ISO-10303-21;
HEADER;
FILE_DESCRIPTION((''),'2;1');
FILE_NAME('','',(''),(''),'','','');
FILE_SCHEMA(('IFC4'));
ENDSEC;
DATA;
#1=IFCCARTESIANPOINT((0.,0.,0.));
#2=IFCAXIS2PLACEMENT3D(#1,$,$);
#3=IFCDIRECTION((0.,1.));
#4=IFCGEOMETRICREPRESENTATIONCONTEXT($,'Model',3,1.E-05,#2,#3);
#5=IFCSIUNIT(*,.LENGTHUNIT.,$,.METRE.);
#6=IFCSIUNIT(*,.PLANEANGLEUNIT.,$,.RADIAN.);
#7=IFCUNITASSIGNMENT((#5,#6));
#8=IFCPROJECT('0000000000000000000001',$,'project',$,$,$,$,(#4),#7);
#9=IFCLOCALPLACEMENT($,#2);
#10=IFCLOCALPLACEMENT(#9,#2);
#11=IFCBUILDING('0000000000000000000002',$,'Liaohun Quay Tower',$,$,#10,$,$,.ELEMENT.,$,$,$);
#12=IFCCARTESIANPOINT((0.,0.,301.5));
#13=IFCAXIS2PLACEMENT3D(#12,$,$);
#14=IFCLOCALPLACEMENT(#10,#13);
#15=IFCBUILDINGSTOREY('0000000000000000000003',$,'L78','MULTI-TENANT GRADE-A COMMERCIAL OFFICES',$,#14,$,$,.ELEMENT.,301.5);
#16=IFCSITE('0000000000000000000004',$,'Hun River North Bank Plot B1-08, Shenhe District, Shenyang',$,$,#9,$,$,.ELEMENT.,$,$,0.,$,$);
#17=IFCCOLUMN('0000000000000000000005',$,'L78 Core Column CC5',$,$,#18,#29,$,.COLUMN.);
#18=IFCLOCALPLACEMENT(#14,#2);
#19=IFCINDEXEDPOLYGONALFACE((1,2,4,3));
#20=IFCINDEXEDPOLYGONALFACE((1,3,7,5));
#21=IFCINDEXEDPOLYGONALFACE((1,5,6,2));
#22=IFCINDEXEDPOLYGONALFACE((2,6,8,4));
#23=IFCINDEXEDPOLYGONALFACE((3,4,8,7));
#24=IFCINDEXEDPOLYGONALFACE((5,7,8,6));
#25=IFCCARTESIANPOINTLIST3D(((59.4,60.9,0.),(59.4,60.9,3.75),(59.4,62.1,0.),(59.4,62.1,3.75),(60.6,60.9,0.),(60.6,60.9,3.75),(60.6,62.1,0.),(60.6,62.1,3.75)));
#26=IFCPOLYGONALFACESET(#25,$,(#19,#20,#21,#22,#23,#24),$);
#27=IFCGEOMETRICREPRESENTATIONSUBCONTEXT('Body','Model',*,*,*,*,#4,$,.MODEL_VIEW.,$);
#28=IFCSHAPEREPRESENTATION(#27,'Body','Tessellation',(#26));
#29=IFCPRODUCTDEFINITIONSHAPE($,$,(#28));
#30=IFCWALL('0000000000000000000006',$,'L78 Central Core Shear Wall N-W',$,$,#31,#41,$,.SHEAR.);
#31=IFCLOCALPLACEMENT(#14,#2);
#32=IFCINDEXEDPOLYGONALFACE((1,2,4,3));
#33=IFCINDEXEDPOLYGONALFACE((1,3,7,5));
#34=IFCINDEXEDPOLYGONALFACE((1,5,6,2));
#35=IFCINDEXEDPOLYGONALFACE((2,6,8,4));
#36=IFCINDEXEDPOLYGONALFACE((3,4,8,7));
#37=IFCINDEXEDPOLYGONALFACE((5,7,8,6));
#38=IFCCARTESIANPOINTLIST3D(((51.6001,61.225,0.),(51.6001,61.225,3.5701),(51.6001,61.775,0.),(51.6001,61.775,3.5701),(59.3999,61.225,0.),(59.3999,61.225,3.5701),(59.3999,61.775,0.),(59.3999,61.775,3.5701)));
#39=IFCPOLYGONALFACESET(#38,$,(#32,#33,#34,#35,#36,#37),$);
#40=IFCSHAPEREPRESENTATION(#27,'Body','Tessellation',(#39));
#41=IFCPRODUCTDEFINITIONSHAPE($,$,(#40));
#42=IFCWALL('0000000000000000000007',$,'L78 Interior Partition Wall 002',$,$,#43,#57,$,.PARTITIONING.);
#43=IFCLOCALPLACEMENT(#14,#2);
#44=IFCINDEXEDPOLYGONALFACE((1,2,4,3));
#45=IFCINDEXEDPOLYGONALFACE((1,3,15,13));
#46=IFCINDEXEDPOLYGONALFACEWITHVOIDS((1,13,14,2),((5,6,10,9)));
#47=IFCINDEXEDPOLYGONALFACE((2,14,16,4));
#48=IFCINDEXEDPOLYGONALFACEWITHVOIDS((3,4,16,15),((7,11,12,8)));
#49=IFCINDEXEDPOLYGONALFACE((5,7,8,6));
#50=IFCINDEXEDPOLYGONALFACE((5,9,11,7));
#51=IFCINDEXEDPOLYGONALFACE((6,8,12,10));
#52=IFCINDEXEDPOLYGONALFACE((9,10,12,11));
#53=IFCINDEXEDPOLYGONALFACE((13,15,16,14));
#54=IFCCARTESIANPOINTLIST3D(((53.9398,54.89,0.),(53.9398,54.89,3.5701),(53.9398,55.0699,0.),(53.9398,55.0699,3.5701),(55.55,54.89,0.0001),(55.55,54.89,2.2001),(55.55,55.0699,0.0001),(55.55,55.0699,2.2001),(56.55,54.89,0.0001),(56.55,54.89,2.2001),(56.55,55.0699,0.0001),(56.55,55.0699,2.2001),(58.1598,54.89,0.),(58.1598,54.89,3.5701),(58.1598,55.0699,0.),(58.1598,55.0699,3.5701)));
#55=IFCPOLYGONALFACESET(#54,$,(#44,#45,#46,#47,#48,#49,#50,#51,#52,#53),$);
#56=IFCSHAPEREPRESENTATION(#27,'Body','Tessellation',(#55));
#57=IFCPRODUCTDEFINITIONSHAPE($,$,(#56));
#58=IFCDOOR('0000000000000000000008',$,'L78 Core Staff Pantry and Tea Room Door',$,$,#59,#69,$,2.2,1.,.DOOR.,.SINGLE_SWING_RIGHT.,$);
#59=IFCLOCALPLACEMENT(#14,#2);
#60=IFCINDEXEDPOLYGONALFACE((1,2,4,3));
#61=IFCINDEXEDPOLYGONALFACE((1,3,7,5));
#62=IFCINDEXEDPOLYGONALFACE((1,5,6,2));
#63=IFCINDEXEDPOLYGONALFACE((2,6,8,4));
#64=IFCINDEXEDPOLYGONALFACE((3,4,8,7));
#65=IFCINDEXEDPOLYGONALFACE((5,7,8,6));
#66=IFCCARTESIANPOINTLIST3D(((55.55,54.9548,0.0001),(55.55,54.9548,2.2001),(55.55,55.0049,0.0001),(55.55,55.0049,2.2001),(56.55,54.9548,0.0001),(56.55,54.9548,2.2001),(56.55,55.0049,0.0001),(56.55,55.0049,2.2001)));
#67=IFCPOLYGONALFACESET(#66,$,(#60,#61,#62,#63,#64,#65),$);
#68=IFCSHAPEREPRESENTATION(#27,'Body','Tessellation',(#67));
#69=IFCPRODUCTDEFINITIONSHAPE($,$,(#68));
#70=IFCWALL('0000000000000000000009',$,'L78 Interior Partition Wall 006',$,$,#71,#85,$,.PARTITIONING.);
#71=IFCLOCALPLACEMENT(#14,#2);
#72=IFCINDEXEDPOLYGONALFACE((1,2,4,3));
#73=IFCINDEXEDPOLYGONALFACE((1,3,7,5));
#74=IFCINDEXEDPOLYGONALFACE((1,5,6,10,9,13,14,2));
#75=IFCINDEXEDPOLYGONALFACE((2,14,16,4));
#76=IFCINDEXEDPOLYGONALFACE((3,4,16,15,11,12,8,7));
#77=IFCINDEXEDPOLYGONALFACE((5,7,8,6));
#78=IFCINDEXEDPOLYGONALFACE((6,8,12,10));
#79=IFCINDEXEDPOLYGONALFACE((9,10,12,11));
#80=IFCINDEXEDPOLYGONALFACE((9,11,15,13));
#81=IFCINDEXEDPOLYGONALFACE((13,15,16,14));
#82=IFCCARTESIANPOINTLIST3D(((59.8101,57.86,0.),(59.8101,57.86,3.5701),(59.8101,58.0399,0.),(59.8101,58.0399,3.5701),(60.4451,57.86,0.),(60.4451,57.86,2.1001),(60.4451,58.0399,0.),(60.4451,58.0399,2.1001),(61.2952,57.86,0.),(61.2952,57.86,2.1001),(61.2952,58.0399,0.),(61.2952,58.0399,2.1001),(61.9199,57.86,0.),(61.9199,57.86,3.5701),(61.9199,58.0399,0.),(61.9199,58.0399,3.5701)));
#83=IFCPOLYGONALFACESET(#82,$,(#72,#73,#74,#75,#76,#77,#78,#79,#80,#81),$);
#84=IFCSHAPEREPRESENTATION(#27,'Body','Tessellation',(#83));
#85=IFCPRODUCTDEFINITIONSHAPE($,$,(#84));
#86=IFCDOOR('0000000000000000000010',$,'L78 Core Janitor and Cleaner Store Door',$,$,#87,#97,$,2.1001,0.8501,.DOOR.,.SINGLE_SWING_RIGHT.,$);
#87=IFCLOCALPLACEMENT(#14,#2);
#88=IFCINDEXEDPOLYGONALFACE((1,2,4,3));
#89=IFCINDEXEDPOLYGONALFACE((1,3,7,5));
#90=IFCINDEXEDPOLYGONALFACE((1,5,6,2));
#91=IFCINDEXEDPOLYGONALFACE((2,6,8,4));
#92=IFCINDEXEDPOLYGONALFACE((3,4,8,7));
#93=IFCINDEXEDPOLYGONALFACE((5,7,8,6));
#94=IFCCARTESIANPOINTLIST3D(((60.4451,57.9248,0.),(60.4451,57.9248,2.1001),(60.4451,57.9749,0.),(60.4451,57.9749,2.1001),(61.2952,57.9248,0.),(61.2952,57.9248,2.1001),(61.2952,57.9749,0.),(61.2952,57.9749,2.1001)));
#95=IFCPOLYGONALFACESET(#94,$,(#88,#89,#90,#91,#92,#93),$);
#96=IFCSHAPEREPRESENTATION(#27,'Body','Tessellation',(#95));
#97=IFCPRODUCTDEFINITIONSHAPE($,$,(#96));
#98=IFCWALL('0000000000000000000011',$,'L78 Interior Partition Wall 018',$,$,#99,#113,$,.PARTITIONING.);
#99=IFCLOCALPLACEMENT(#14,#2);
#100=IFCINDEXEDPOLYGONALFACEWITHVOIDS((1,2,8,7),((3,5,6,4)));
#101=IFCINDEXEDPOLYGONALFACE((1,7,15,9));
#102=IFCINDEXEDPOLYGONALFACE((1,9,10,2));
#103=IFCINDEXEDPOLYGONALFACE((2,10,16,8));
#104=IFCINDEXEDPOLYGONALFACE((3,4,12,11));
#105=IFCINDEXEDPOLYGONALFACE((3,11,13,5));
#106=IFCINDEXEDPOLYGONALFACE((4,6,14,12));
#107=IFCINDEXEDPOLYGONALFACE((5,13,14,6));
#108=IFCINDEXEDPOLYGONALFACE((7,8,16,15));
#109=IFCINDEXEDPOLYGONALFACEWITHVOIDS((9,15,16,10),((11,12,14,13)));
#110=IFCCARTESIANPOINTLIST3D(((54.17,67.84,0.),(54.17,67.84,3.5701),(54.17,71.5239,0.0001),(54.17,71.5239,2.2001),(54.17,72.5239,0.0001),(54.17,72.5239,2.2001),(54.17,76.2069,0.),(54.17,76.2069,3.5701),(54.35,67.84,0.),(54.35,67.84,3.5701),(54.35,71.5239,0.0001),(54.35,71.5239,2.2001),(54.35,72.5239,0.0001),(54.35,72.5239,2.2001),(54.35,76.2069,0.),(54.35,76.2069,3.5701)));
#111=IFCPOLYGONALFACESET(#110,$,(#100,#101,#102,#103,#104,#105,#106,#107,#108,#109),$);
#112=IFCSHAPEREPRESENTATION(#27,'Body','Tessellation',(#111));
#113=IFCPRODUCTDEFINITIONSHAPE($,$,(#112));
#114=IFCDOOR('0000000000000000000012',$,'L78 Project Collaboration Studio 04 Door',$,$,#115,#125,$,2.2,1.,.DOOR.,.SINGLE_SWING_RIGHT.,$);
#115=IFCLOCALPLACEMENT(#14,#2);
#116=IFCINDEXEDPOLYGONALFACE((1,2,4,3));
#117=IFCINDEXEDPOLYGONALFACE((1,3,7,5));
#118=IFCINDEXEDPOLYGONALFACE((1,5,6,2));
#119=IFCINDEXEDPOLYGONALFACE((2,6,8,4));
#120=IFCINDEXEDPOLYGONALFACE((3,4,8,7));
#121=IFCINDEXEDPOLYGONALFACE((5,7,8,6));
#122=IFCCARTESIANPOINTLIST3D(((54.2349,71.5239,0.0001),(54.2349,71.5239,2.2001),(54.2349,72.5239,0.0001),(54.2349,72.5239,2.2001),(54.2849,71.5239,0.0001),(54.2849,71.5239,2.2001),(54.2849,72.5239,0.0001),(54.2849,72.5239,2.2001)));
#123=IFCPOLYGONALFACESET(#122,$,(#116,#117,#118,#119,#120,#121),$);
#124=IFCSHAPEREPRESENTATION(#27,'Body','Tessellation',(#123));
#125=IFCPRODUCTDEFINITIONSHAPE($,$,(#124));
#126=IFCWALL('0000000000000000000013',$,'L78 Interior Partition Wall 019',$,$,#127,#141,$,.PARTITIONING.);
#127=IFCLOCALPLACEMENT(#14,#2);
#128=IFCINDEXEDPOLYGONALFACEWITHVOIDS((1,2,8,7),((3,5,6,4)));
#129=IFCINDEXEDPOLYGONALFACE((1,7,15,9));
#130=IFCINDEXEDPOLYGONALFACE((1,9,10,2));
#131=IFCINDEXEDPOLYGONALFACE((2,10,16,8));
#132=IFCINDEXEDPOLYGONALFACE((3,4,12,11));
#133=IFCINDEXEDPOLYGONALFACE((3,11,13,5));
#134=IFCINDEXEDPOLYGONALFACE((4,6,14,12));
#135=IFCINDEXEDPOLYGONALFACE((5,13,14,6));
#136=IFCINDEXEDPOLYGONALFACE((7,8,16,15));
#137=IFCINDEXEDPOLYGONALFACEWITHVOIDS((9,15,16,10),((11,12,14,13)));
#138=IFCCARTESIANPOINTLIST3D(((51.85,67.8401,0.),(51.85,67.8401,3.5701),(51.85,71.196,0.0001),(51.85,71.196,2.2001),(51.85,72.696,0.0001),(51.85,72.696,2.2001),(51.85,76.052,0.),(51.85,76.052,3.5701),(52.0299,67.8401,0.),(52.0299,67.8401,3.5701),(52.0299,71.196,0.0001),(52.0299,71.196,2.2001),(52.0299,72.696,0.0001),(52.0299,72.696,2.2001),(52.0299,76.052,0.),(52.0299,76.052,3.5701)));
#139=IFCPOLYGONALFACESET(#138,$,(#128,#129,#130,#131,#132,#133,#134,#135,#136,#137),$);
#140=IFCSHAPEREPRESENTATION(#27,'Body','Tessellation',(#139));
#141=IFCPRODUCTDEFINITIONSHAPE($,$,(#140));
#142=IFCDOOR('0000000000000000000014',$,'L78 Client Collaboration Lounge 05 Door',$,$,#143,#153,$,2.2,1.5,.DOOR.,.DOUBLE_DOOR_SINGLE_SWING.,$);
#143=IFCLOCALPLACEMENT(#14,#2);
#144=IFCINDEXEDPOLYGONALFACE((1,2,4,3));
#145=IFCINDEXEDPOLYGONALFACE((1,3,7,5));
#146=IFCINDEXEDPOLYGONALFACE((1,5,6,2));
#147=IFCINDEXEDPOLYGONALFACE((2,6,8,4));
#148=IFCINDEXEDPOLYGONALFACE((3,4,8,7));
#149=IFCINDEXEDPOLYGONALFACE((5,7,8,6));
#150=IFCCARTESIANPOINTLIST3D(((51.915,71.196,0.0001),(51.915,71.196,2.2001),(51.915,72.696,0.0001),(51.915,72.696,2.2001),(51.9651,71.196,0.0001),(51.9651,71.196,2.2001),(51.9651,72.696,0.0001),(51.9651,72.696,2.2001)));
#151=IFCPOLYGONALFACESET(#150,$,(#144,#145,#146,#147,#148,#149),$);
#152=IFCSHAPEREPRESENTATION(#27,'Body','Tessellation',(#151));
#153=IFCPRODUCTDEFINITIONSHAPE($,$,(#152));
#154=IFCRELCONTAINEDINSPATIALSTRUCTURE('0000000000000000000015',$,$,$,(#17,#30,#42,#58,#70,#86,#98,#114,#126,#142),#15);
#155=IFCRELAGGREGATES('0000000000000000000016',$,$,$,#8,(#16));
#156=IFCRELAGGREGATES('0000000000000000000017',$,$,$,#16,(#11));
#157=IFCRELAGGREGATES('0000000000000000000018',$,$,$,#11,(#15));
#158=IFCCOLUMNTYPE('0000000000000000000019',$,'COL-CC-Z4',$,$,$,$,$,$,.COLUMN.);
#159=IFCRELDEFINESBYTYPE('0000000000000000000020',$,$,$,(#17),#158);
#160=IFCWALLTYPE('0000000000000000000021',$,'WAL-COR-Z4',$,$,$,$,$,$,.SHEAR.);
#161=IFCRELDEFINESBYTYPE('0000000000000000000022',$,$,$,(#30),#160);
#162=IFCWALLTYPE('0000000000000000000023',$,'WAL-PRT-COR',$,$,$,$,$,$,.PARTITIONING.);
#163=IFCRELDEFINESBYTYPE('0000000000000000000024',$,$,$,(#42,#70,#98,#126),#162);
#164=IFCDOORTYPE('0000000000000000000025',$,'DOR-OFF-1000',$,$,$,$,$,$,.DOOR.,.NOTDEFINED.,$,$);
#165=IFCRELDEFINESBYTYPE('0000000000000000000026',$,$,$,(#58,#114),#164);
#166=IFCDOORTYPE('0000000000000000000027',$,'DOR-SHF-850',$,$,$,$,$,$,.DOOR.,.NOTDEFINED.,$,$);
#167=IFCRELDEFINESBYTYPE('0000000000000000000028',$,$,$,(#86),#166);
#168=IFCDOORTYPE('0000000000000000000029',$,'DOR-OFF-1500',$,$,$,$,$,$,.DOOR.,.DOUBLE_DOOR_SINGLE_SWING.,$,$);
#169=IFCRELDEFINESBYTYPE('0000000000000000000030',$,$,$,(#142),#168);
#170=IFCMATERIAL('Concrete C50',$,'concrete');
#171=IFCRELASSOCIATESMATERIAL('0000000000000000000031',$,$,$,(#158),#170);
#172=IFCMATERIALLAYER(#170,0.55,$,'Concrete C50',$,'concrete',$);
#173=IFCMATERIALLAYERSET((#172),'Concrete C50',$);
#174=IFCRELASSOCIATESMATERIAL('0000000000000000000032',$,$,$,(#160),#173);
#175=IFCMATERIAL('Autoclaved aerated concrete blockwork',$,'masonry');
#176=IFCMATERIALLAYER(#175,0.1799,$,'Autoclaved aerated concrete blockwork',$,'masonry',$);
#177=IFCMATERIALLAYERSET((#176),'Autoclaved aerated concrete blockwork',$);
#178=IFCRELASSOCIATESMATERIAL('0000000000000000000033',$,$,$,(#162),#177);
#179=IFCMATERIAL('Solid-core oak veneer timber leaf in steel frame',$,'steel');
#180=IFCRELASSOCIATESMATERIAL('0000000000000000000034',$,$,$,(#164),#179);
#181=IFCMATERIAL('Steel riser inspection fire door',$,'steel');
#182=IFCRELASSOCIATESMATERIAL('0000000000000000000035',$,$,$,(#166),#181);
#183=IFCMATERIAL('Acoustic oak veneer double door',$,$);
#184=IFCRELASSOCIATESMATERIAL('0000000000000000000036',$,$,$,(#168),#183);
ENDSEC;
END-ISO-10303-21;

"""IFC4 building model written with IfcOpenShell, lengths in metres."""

from ifc_helpers import new_model, si_unit, direction, frame, frame_2d, origin, origin_2d, place, context, subcontext, project, spatial, rectangle, extrude, source, transform, mapped, material, layer, layer_set, material_profile, profile_set, type_object, element, fill, save


model = new_model("IFC4")

# Units and contexts
model_context = context("Model", 3, precision=1e-05, world=origin(), true_north=direction((0.0, 1.0)))
body_context = subcontext(model_context, "Body", "Model", "MODEL_VIEW")
ifc_project = project(units=[si_unit("LENGTHUNIT", "METRE"), si_unit("PLANEANGLEUNIT", "RADIAN")], contexts=[model_context])

# Site, building, storey
site_placement = place(None, origin())
site = spatial("IfcSite", under=ifc_project, at=site_placement, Name="Hun River North Bank Plot B1-08, Shenhe District, Shenyang", CompositionType="ELEMENT", RefElevation=0.0)
building_placement = place(site_placement, origin())
building = spatial("IfcBuilding", under=site, at=building_placement, Name="Liaohun Quay Tower", CompositionType="ELEMENT")
storey_placement = place(building_placement, frame((0.0, 0.0, 301.5)))
storey = spatial("IfcBuildingStorey", under=building, at=storey_placement, Name="L78", Description="MULTI-TENANT GRADE-A COMMERCIAL OFFICES", CompositionType="ELEMENT", Elevation=301.5)

# Column
ifc_material_1 = material(Name="Concrete C50", Category="concrete")
ifc_material_profile = material_profile(ifc_material_1, rectangle(XDim=1.2, YDim=1.2, at=origin_2d()), Name="RC1200x1200")
ifc_profile_set = profile_set([ifc_material_profile], Name="Concrete C50")
column_type = type_object("IfcColumnType", Name="COL-CC-Z4", PredefinedType="COLUMN", material=ifc_profile_set)
shared_shape_1 = source(origin(), body_context, "Body", "SweptSolid", [
    extrude(rectangle(XDim=1.2, YDim=1.2, at=origin_2d()), origin(), (0.0, 0.0, 1.0), 3.75),
])
column_placement = place(storey_placement, frame((60.0, 61.5, 0.0), z_axis=(0.0, 0.0, 1.0), x_axis=(1.0, 0.0, 0.0)))
element("IfcColumn", 1, at=column_placement, inside=storey, type_object=column_type, Name="L78 Core Column CC5", PredefinedType="COLUMN", context=body_context, shape_type="MappedRepresentation", body=[
    mapped(shared_shape_1, transform((0.0, 0.0, 0.0), x_axis=(1.0, 0.0, 0.0), y_axis=(0.0, 1.0, 0.0), z_axis=(0.0, 0.0, 1.0), scale=1.0)),
])

# Wall
ifc_layer_1 = layer(ifc_material_1, 0.55, Name="Concrete C50", Category="concrete")
ifc_layer_set_1 = layer_set([ifc_layer_1], Name="Concrete C50")
wall_type_1 = type_object("IfcWallType", Name="WAL-COR-Z4", PredefinedType="SHEAR", material=ifc_layer_set_1)
wall_1_placement = place(storey_placement, frame((51.6001, 61.5, 0.0), z_axis=(0.0, 0.0, 1.0), x_axis=(1.0, 0.0, 0.0)))
element("IfcWall", 2, at=wall_1_placement, inside=storey, type_object=wall_type_1, Name="L78 Central Core Shear Wall N-W", PredefinedType="SHEAR", context=body_context, shape_type="SweptSolid", body=[
    extrude(rectangle(XDim=7.7998, YDim=0.55, at=frame_2d((3.8999, 0.0))), origin(), (0.0, 0.0, 1.0), 3.5701),
])

# Walls, openings, doors
ifc_material_2 = material(Name="Autoclaved aerated concrete blockwork", Category="masonry")
ifc_layer_2 = layer(ifc_material_2, 0.1799, Name="Autoclaved aerated concrete blockwork", Category="masonry")
ifc_layer_set_2 = layer_set([ifc_layer_2], Name="Autoclaved aerated concrete blockwork")
wall_type_2 = type_object("IfcWallType", Name="WAL-PRT-COR", PredefinedType="PARTITIONING", material=ifc_layer_set_2)
wall_2_placement = place(storey_placement, frame((53.9399, 54.98, 0.0), z_axis=(0.0, 0.0, 1.0), x_axis=(1.0, 0.0, 0.0)))
wall_2 = element("IfcWall", 3, at=wall_2_placement, inside=storey, type_object=wall_type_2, Name="L78 Interior Partition Wall 002", PredefinedType="PARTITIONING", context=body_context, shape_type="SweptSolid", body=[
    extrude(rectangle(XDim=4.22, YDim=0.1799, at=frame_2d((2.1099, 0.0))), origin(), (0.0, 0.0, 1.0), 3.5701),
])
shared_shape_2 = source(origin(), body_context, "Body", "SweptSolid", [
    extrude(rectangle(XDim=1.0, YDim=2.2, at=frame_2d((0.5, 1.1001))), frame((0.0, 0.0999, 0.0), z_axis=(0.0, -1.0, 0.0), x_axis=(1.0, 0.0, 0.0)), (0.0, 0.0, 1.0), 0.2),
])
opening_1_placement = place(wall_2_placement, frame((1.6101, 0.0, 0.0)))
opening_1 = element("IfcOpeningElement", 4, at=opening_1_placement, cuts=wall_2, PredefinedType="OPENING", context=body_context, shape_type="MappedRepresentation", body=[
    mapped(shared_shape_2, transform((0.0, 0.0, 0.0), x_axis=(1.0, 0.0, 0.0), y_axis=(0.0, 1.0, 0.0), z_axis=(0.0, 0.0, 1.0), scale=1.0)),
])
ifc_material_3 = material(Name="Solid-core oak veneer timber leaf in steel frame", Category="steel")
door_type_1 = type_object("IfcDoorType", Name="DOR-OFF-1000", OperationType="NOTDEFINED", PredefinedType="DOOR", material=ifc_material_3)
shared_shape_3 = source(origin(), body_context, "Body", "SweptSolid", [
    extrude(rectangle(XDim=1.0, YDim=2.2, at=frame_2d((0.5, 1.1001))), frame((0.0, 0.0249, 0.0), z_axis=(0.0, -1.0, 0.0), x_axis=(1.0, 0.0, 0.0)), (0.0, 0.0, 1.0), 0.05),
])
door_1_placement = place(opening_1_placement, origin())
door_1 = element("IfcDoor", 5, at=door_1_placement, inside=storey, type_object=door_type_1, Name="L78 Core Staff Pantry and Tea Room Door", OperationType="SINGLE_SWING_RIGHT", OverallHeight=2.2, OverallWidth=1.0, PredefinedType="DOOR", context=body_context, shape_type="MappedRepresentation", body=[
    mapped(shared_shape_3, transform((0.0, 0.0, 0.0), x_axis=(1.0, 0.0, 0.0), y_axis=(0.0, 1.0, 0.0), z_axis=(0.0, 0.0, 1.0), scale=1.0)),
])
fill(opening_1, door_1)
wall_3_placement = place(storey_placement, frame((59.8101, 57.95, 0.0), z_axis=(0.0, 0.0, 1.0), x_axis=(1.0, 0.0, 0.0)))
wall_3 = element("IfcWall", 6, at=wall_3_placement, inside=storey, type_object=wall_type_2, Name="L78 Interior Partition Wall 006", PredefinedType="PARTITIONING", context=body_context, shape_type="SweptSolid", body=[
    extrude(rectangle(XDim=2.1099, YDim=0.1799, at=frame_2d((1.0549, 0.0))), origin(), (0.0, 0.0, 1.0), 3.5701),
])
shared_shape_4 = source(origin(), body_context, "Body", "SweptSolid", [
    extrude(rectangle(XDim=0.8501, YDim=2.1001, at=frame_2d((0.425, 1.05))), frame((0.0, 0.0999, 0.0), z_axis=(0.0, -1.0, 0.0), x_axis=(1.0, 0.0, 0.0)), (0.0, 0.0, 1.0), 0.2),
])
opening_2_placement = place(wall_3_placement, frame((0.635, 0.0, 0.0)))
opening_2 = element("IfcOpeningElement", 7, at=opening_2_placement, cuts=wall_3, PredefinedType="OPENING", context=body_context, shape_type="MappedRepresentation", body=[
    mapped(shared_shape_4, transform((0.0, 0.0, 0.0), x_axis=(1.0, 0.0, 0.0), y_axis=(0.0, 1.0, 0.0), z_axis=(0.0, 0.0, 1.0), scale=1.0)),
])
ifc_material_4 = material(Name="Steel riser inspection fire door", Category="steel")
door_type_2 = type_object("IfcDoorType", Name="DOR-SHF-850", OperationType="NOTDEFINED", PredefinedType="DOOR", material=ifc_material_4)
shared_shape_5 = source(origin(), body_context, "Body", "SweptSolid", [
    extrude(rectangle(XDim=0.8501, YDim=2.1001, at=frame_2d((0.425, 1.05))), frame((0.0, 0.0249, 0.0), z_axis=(0.0, -1.0, 0.0), x_axis=(1.0, 0.0, 0.0)), (0.0, 0.0, 1.0), 0.05),
])
door_2_placement = place(opening_2_placement, origin())
door_2 = element("IfcDoor", 8, at=door_2_placement, inside=storey, type_object=door_type_2, Name="L78 Core Janitor and Cleaner Store Door", OperationType="SINGLE_SWING_RIGHT", OverallHeight=2.1001, OverallWidth=0.8501, PredefinedType="DOOR", context=body_context, shape_type="MappedRepresentation", body=[
    mapped(shared_shape_5, transform((0.0, 0.0, 0.0), x_axis=(1.0, 0.0, 0.0), y_axis=(0.0, 1.0, 0.0), z_axis=(0.0, 0.0, 1.0), scale=1.0)),
])
fill(opening_2, door_2)
wall_4_placement = place(storey_placement, frame((54.26, 76.207, 0.0), z_axis=(0.0, 0.0, 1.0), x_axis=(0.0, -1.0, 0.0)))
wall_4 = element("IfcWall", 9, at=wall_4_placement, inside=storey, type_object=wall_type_2, Name="L78 Interior Partition Wall 018", PredefinedType="PARTITIONING", context=body_context, shape_type="SweptSolid", body=[
    extrude(rectangle(XDim=8.3669, YDim=0.1799, at=frame_2d((4.1836, 0.0))), origin(), (0.0, 0.0, 1.0), 3.5701),
])
opening_3_placement = place(wall_4_placement, frame((3.6831, 0.0, 0.0)))
opening_3 = element("IfcOpeningElement", 10, at=opening_3_placement, cuts=wall_4, PredefinedType="OPENING", context=body_context, shape_type="MappedRepresentation", body=[
    mapped(shared_shape_2, transform((0.0, 0.0, 0.0), x_axis=(1.0, 0.0, 0.0), y_axis=(0.0, 1.0, 0.0), z_axis=(0.0, 0.0, 1.0), scale=1.0)),
])
door_3_placement = place(opening_3_placement, origin())
door_3 = element("IfcDoor", 11, at=door_3_placement, inside=storey, type_object=door_type_1, Name="L78 Project Collaboration Studio 04 Door", OperationType="SINGLE_SWING_RIGHT", OverallHeight=2.2, OverallWidth=1.0, PredefinedType="DOOR", context=body_context, shape_type="MappedRepresentation", body=[
    mapped(shared_shape_3, transform((0.0, 0.0, 0.0), x_axis=(1.0, 0.0, 0.0), y_axis=(0.0, 1.0, 0.0), z_axis=(0.0, 0.0, 1.0), scale=1.0)),
])
fill(opening_3, door_3)
wall_5_placement = place(storey_placement, frame((51.9399, 67.8401, 0.0), z_axis=(0.0, 0.0, 1.0), x_axis=(0.0, 1.0, 0.0)))
wall_5 = element("IfcWall", 12, at=wall_5_placement, inside=storey, type_object=wall_type_2, Name="L78 Interior Partition Wall 019", PredefinedType="PARTITIONING", context=body_context, shape_type="SweptSolid", body=[
    extrude(rectangle(XDim=8.2119, YDim=0.1799, at=frame_2d((4.106, 0.0))), origin(), (0.0, 0.0, 1.0), 3.5701),
])
shared_shape_6 = source(origin(), body_context, "Body", "SweptSolid", [
    extrude(rectangle(XDim=1.5, YDim=2.2, at=frame_2d((0.75, 1.1001))), frame((0.0, 0.0999, 0.0), z_axis=(0.0, -1.0, 0.0), x_axis=(1.0, 0.0, 0.0)), (0.0, 0.0, 1.0), 0.2),
])
opening_4_placement = place(wall_5_placement, frame((3.356, 0.0, 0.0)))
opening_4 = element("IfcOpeningElement", 13, at=opening_4_placement, cuts=wall_5, PredefinedType="OPENING", context=body_context, shape_type="MappedRepresentation", body=[
    mapped(shared_shape_6, transform((0.0, 0.0, 0.0), x_axis=(1.0, 0.0, 0.0), y_axis=(0.0, 1.0, 0.0), z_axis=(0.0, 0.0, 1.0), scale=1.0)),
])
ifc_material_5 = material(Name="Acoustic oak veneer double door")
door_type_3 = type_object("IfcDoorType", Name="DOR-OFF-1500", OperationType="DOUBLE_DOOR_SINGLE_SWING", PredefinedType="DOOR", material=ifc_material_5)
shared_shape_7 = source(origin(), body_context, "Body", "SweptSolid", [
    extrude(rectangle(XDim=1.5, YDim=2.2, at=frame_2d((0.75, 1.1001))), frame((0.0, 0.0249, 0.0), z_axis=(0.0, -1.0, 0.0), x_axis=(1.0, 0.0, 0.0)), (0.0, 0.0, 1.0), 0.05),
])
door_4_placement = place(opening_4_placement, origin())
door_4 = element("IfcDoor", 14, at=door_4_placement, inside=storey, type_object=door_type_3, Name="L78 Client Collaboration Lounge 05 Door", OperationType="DOUBLE_DOOR_SINGLE_SWING", OverallHeight=2.2, OverallWidth=1.5, PredefinedType="DOOR", context=body_context, shape_type="MappedRepresentation", body=[
    mapped(shared_shape_7, transform((0.0, 0.0, 0.0), x_axis=(1.0, 0.0, 0.0), y_axis=(0.0, 1.0, 0.0), z_axis=(0.0, 0.0, 1.0), scale=1.0)),
])
fill(opening_4, door_4)

save(model, "model.ifc")
